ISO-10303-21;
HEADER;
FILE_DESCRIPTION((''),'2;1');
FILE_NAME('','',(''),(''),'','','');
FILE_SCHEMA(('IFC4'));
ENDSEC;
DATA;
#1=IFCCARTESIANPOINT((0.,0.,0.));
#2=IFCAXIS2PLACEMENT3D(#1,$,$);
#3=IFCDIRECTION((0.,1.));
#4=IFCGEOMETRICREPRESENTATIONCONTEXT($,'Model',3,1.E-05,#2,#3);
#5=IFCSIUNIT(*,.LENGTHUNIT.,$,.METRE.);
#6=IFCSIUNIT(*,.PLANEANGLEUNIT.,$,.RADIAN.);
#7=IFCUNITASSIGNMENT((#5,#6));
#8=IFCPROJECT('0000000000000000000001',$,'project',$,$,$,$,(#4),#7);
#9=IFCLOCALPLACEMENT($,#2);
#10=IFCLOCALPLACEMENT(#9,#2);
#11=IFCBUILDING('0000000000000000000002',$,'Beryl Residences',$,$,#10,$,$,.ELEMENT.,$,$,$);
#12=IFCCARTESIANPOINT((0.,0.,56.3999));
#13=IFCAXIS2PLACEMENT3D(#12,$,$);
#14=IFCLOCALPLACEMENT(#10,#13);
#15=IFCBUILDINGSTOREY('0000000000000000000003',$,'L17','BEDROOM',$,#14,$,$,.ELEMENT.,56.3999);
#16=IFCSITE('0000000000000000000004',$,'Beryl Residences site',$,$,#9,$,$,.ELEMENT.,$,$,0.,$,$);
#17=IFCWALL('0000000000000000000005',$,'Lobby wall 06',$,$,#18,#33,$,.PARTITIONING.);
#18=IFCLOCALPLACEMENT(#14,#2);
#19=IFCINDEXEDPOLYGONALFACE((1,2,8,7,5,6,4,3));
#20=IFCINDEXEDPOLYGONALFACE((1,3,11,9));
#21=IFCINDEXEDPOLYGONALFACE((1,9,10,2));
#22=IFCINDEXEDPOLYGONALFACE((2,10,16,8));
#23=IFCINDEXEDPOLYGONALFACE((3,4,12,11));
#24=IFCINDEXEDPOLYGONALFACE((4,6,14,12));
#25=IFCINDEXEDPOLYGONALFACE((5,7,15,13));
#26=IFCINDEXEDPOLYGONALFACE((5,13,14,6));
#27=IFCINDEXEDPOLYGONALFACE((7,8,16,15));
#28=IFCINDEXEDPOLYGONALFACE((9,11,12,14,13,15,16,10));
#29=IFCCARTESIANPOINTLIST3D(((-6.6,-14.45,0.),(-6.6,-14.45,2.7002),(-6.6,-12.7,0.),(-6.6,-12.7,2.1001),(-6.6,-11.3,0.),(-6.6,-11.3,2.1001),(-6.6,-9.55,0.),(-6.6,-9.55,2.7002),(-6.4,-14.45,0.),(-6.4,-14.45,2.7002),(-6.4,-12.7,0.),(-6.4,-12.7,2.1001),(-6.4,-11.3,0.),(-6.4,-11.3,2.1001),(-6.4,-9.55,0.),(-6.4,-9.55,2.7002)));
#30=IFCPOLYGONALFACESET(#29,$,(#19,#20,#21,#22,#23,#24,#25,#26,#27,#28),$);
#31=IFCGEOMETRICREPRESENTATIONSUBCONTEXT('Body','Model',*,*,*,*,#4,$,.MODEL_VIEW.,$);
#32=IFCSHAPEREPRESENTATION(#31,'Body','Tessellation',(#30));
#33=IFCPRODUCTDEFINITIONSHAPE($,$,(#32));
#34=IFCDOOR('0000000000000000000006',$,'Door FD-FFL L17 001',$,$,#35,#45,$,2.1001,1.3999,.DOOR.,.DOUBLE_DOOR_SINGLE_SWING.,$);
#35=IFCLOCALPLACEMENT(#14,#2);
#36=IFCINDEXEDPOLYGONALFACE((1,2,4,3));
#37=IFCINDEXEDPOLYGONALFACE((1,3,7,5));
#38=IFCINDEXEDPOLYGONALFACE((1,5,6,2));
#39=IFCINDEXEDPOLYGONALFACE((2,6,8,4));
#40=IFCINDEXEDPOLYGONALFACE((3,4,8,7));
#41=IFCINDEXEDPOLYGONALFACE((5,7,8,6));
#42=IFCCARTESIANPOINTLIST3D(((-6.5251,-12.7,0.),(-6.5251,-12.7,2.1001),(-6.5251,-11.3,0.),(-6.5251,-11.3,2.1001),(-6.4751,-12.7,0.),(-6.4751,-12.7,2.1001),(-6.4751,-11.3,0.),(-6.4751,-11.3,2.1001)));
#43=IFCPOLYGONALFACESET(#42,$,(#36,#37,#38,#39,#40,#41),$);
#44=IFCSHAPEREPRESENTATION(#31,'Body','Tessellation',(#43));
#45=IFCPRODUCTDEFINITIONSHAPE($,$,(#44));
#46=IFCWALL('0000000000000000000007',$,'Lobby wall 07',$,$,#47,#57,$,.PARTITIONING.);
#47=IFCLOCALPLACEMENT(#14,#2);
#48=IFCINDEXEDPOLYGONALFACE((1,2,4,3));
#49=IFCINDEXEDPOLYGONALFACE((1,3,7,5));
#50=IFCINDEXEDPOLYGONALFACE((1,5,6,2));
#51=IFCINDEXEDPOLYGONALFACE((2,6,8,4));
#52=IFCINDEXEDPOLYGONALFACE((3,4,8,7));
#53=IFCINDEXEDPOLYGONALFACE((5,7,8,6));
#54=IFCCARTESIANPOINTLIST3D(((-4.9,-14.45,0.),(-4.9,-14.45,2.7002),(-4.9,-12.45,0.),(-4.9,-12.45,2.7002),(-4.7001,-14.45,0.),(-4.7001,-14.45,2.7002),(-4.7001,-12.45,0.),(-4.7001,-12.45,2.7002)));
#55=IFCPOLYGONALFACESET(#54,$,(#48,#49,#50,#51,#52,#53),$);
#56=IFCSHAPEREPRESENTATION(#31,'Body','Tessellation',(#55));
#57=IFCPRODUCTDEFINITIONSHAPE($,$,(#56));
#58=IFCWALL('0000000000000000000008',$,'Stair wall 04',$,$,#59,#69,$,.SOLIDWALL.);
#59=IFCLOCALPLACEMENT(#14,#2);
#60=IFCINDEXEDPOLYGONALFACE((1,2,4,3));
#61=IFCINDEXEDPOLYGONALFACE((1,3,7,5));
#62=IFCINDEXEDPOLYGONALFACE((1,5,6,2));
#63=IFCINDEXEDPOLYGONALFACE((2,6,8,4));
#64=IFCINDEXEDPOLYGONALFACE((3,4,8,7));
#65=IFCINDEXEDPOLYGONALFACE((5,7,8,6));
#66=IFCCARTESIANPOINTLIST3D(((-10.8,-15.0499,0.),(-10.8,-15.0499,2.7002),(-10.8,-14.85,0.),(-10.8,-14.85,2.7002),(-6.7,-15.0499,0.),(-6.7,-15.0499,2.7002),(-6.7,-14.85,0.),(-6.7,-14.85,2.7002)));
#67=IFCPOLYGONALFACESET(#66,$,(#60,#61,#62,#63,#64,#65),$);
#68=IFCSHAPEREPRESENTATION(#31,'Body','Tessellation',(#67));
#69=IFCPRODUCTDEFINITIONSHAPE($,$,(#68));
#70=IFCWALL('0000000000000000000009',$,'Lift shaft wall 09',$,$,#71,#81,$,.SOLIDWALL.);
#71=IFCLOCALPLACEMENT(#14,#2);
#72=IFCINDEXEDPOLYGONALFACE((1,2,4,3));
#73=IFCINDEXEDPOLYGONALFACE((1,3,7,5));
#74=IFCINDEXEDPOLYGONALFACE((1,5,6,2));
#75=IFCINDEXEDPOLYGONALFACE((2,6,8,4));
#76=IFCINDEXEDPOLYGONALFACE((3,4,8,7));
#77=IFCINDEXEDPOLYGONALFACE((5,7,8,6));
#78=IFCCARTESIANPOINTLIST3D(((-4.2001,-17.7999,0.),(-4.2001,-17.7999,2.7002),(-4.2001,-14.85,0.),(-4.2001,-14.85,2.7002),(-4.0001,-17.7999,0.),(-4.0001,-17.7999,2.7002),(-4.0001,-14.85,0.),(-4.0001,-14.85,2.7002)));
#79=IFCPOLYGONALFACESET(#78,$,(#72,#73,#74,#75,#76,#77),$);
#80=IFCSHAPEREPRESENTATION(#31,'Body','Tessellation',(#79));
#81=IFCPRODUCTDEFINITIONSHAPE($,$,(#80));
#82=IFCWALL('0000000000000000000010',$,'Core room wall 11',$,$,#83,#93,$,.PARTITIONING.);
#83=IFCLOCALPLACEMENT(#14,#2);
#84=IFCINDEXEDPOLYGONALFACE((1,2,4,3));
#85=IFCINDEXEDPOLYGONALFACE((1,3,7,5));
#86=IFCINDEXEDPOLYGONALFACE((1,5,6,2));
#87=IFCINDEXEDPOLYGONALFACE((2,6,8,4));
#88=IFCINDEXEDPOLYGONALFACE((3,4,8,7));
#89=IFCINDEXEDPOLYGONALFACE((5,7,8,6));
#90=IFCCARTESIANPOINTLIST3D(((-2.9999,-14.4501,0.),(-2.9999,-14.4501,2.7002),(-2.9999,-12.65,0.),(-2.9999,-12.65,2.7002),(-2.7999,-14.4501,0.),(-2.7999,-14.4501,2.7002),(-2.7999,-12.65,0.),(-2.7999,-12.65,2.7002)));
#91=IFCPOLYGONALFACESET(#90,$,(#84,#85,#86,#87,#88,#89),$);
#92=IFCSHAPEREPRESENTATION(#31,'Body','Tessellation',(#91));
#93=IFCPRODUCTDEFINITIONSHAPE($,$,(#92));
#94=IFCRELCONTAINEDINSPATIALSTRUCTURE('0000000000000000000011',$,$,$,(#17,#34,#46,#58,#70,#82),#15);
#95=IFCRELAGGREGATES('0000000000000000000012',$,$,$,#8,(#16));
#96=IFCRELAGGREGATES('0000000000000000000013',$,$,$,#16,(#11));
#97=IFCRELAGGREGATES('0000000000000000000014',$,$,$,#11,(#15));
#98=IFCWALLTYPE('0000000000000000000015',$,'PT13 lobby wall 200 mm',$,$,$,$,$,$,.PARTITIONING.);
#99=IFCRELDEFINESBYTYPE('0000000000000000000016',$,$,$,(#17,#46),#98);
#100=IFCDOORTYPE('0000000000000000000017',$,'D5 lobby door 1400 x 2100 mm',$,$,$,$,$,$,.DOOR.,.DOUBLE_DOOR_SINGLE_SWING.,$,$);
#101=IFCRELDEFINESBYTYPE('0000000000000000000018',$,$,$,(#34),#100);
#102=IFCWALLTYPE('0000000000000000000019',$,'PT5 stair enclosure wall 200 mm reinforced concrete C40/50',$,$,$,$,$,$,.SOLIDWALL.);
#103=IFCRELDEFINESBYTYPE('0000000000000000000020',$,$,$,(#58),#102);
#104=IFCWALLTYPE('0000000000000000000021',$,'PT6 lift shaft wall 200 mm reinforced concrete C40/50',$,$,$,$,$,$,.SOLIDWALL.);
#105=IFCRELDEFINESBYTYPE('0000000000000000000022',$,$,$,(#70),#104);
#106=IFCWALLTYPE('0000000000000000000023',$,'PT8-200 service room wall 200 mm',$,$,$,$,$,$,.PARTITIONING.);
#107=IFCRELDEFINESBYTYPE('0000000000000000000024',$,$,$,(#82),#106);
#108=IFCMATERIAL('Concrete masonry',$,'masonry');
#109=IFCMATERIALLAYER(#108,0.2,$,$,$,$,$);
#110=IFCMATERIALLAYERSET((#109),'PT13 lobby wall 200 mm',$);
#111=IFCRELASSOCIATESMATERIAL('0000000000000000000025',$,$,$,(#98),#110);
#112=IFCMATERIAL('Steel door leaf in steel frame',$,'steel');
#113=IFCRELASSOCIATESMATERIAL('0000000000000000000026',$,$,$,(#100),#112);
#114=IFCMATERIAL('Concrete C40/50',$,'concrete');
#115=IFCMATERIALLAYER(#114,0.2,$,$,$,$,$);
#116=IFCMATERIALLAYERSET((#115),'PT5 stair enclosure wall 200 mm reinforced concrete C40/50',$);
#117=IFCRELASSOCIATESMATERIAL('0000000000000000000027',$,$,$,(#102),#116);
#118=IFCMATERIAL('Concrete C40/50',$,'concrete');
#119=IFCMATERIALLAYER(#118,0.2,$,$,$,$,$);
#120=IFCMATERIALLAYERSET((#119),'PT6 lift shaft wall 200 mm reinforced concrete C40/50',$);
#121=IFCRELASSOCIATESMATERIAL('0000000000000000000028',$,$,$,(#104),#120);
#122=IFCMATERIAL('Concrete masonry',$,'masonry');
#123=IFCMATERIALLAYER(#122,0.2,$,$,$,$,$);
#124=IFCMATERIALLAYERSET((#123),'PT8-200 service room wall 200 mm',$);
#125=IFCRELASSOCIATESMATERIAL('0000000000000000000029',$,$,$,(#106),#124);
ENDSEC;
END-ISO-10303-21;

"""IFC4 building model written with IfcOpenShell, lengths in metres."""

from ifc_helpers import new_model, si_unit, direction, frame, frame_2d, origin, place, context, subcontext, project, spatial, rectangle, extrude, material, layer, layer_set, type_object, element, fill, save


model = new_model("IFC4")

# Units and contexts
model_context = context("Model", 3, precision=1e-05, world=origin(), true_north=direction((0.0, 1.0)))
body_context = subcontext(model_context, "Body", "Model", "MODEL_VIEW")
ifc_project = project(units=[si_unit("LENGTHUNIT", "METRE"), si_unit("PLANEANGLEUNIT", "RADIAN")], contexts=[model_context])

# Site, building, storey
site_placement = place(None, origin())
site = spatial("IfcSite", under=ifc_project, at=site_placement, Name="Beryl Residences site", CompositionType="ELEMENT", RefElevation=0.0)
building_placement = place(site_placement, origin())
building = spatial("IfcBuilding", under=site, at=building_placement, Name="Beryl Residences", CompositionType="ELEMENT")
storey_placement = place(building_placement, frame((0.0, 0.0, 56.3999)))
storey = spatial("IfcBuildingStorey", under=building, at=storey_placement, Name="L17", Description="BEDROOM", CompositionType="ELEMENT", Elevation=56.3999)

# Wall, opening, door
ifc_material_1 = material(Name="Concrete masonry", Category="masonry")
ifc_layer_1 = layer(ifc_material_1, 0.2)
ifc_layer_set_1 = layer_set([ifc_layer_1], Name="PT13 lobby wall 200 mm")
wall_type_1 = type_object("IfcWallType", Name="PT13 lobby wall 200 mm", PredefinedType="PARTITIONING", material=ifc_layer_set_1)
wall_1_placement = place(storey_placement, frame((-6.5, -14.45, 0.0), z_axis=(0.0, 0.0, 1.0), x_axis=(0.0, 1.0, 0.0)))
wall_1 = element("IfcWall", 1, at=wall_1_placement, inside=storey, type_object=wall_type_1, Name="Lobby wall 06", PredefinedType="PARTITIONING", context=body_context, shape_type="SweptSolid", body=[
    extrude(rectangle(XDim=4.8999, YDim=0.2, at=frame_2d((2.45, 0.0))), origin(), (0.0, 0.0, 1.0), 2.7002),
])
opening_1_placement = place(wall_1_placement, frame((3.1499, 0.0, 0.0), z_axis=(0.0, 0.0, 1.0), x_axis=(-1.0, 0.0, 0.0)))
opening_1 = element("IfcOpeningElement", 2, at=opening_1_placement, cuts=wall_1, PredefinedType="OPENING", context=body_context, shape_type="SweptSolid", body=[
    extrude(rectangle(XDim=1.3999, YDim=2.1001, at=frame_2d((0.7, 1.05))), frame((0.0, 0.1099, 0.0), z_axis=(0.0, -1.0, 0.0), x_axis=(1.0, 0.0, 0.0)), (0.0, 0.0, 1.0), 0.22),
])
ifc_material_2 = material(Name="Steel door leaf in steel frame", Category="steel")
door_type_1 = type_object("IfcDoorType", Name="D5 lobby door 1400 x 2100 mm", OperationType="DOUBLE_DOOR_SINGLE_SWING", PredefinedType="DOOR", material=ifc_material_2)
door_1_placement = place(opening_1_placement, origin())
door_1 = element("IfcDoor", 3, at=door_1_placement, inside=storey, type_object=door_type_1, Name="Door FD-FFL L17 001", OperationType="DOUBLE_DOOR_SINGLE_SWING", OverallHeight=2.1001, OverallWidth=1.3999, PredefinedType="DOOR", context=body_context, shape_type="SweptSolid", body=[
    extrude(rectangle(XDim=1.3999, YDim=2.1001, at=frame_2d((0.7, 1.05))), frame((0.0, 0.0249, 0.0), z_axis=(0.0, -1.0, 0.0), x_axis=(1.0, 0.0, 0.0)), (0.0, 0.0, 1.0), 0.05),
])
fill(opening_1, door_1)

# Walls
wall_2_placement = place(storey_placement, frame((-4.8, -14.45, 0.0), z_axis=(0.0, 0.0, 1.0), x_axis=(0.0, 1.0, 0.0)))
element("IfcWall", 4, at=wall_2_placement, inside=storey, type_object=wall_type_1, Name="Lobby wall 07", PredefinedType="PARTITIONING", context=body_context, shape_type="SweptSolid", body=[
    extrude(rectangle(XDim=2.0, YDim=0.2, at=frame_2d((1.0, 0.0))), origin(), (0.0, 0.0, 1.0), 2.7002),
])
ifc_material_3 = material(Name="Concrete C40/50", Category="concrete")
ifc_layer_2 = layer(ifc_material_3, 0.2)
ifc_layer_set_2 = layer_set([ifc_layer_2], Name="PT5 stair enclosure wall 200 mm reinforced concrete C40/50")
wall_type_2 = type_object("IfcWallType", Name="PT5 stair enclosure wall 200 mm reinforced concrete C40/50", PredefinedType="SOLIDWALL", material=ifc_layer_set_2)
wall_3_placement = place(storey_placement, frame((-10.8, -14.95, 0.0), z_axis=(0.0, 0.0, 1.0), x_axis=(1.0, 0.0, 0.0)))
element("IfcWall", 5, at=wall_3_placement, inside=storey, type_object=wall_type_2, Name="Stair wall 04", PredefinedType="SOLIDWALL", context=body_context, shape_type="SweptSolid", body=[
    extrude(rectangle(XDim=4.1001, YDim=0.2, at=frame_2d((2.05, 0.0))), origin(), (0.0, 0.0, 1.0), 2.7002),
])
ifc_material_4 = material(Name="Concrete C40/50", Category="concrete")
ifc_layer_3 = layer(ifc_material_4, 0.2)
ifc_layer_set_3 = layer_set([ifc_layer_3], Name="PT6 lift shaft wall 200 mm reinforced concrete C40/50")
wall_type_3 = type_object("IfcWallType", Name="PT6 lift shaft wall 200 mm reinforced concrete C40/50", PredefinedType="SOLIDWALL", material=ifc_layer_set_3)
wall_4_placement = place(storey_placement, frame((-4.1001, -17.8, 0.0), z_axis=(0.0, 0.0, 1.0), x_axis=(0.0, 1.0, 0.0)))
element("IfcWall", 6, at=wall_4_placement, inside=storey, type_object=wall_type_3, Name="Lift shaft wall 09", PredefinedType="SOLIDWALL", context=body_context, shape_type="SweptSolid", body=[
    extrude(rectangle(XDim=2.95, YDim=0.2, at=frame_2d((1.4751, 0.0))), origin(), (0.0, 0.0, 1.0), 2.7002),
])
ifc_material_5 = material(Name="Concrete masonry", Category="masonry")
ifc_layer_4 = layer(ifc_material_5, 0.2)
ifc_layer_set_4 = layer_set([ifc_layer_4], Name="PT8-200 service room wall 200 mm")
wall_type_4 = type_object("IfcWallType", Name="PT8-200 service room wall 200 mm", PredefinedType="PARTITIONING", material=ifc_layer_set_4)
wall_5_placement = place(storey_placement, frame((-2.8999, -14.45, 0.0), z_axis=(0.0, 0.0, 1.0), x_axis=(0.0, 1.0, 0.0)))
element("IfcWall", 7, at=wall_5_placement, inside=storey, type_object=wall_type_4, Name="Core room wall 11", PredefinedType="PARTITIONING", context=body_context, shape_type="SweptSolid", body=[
    extrude(rectangle(XDim=1.8, YDim=0.2, at=frame_2d((0.8999, 0.0))), origin(), (0.0, 0.0, 1.0), 2.7002),
])

save(model, "model.ifc")
